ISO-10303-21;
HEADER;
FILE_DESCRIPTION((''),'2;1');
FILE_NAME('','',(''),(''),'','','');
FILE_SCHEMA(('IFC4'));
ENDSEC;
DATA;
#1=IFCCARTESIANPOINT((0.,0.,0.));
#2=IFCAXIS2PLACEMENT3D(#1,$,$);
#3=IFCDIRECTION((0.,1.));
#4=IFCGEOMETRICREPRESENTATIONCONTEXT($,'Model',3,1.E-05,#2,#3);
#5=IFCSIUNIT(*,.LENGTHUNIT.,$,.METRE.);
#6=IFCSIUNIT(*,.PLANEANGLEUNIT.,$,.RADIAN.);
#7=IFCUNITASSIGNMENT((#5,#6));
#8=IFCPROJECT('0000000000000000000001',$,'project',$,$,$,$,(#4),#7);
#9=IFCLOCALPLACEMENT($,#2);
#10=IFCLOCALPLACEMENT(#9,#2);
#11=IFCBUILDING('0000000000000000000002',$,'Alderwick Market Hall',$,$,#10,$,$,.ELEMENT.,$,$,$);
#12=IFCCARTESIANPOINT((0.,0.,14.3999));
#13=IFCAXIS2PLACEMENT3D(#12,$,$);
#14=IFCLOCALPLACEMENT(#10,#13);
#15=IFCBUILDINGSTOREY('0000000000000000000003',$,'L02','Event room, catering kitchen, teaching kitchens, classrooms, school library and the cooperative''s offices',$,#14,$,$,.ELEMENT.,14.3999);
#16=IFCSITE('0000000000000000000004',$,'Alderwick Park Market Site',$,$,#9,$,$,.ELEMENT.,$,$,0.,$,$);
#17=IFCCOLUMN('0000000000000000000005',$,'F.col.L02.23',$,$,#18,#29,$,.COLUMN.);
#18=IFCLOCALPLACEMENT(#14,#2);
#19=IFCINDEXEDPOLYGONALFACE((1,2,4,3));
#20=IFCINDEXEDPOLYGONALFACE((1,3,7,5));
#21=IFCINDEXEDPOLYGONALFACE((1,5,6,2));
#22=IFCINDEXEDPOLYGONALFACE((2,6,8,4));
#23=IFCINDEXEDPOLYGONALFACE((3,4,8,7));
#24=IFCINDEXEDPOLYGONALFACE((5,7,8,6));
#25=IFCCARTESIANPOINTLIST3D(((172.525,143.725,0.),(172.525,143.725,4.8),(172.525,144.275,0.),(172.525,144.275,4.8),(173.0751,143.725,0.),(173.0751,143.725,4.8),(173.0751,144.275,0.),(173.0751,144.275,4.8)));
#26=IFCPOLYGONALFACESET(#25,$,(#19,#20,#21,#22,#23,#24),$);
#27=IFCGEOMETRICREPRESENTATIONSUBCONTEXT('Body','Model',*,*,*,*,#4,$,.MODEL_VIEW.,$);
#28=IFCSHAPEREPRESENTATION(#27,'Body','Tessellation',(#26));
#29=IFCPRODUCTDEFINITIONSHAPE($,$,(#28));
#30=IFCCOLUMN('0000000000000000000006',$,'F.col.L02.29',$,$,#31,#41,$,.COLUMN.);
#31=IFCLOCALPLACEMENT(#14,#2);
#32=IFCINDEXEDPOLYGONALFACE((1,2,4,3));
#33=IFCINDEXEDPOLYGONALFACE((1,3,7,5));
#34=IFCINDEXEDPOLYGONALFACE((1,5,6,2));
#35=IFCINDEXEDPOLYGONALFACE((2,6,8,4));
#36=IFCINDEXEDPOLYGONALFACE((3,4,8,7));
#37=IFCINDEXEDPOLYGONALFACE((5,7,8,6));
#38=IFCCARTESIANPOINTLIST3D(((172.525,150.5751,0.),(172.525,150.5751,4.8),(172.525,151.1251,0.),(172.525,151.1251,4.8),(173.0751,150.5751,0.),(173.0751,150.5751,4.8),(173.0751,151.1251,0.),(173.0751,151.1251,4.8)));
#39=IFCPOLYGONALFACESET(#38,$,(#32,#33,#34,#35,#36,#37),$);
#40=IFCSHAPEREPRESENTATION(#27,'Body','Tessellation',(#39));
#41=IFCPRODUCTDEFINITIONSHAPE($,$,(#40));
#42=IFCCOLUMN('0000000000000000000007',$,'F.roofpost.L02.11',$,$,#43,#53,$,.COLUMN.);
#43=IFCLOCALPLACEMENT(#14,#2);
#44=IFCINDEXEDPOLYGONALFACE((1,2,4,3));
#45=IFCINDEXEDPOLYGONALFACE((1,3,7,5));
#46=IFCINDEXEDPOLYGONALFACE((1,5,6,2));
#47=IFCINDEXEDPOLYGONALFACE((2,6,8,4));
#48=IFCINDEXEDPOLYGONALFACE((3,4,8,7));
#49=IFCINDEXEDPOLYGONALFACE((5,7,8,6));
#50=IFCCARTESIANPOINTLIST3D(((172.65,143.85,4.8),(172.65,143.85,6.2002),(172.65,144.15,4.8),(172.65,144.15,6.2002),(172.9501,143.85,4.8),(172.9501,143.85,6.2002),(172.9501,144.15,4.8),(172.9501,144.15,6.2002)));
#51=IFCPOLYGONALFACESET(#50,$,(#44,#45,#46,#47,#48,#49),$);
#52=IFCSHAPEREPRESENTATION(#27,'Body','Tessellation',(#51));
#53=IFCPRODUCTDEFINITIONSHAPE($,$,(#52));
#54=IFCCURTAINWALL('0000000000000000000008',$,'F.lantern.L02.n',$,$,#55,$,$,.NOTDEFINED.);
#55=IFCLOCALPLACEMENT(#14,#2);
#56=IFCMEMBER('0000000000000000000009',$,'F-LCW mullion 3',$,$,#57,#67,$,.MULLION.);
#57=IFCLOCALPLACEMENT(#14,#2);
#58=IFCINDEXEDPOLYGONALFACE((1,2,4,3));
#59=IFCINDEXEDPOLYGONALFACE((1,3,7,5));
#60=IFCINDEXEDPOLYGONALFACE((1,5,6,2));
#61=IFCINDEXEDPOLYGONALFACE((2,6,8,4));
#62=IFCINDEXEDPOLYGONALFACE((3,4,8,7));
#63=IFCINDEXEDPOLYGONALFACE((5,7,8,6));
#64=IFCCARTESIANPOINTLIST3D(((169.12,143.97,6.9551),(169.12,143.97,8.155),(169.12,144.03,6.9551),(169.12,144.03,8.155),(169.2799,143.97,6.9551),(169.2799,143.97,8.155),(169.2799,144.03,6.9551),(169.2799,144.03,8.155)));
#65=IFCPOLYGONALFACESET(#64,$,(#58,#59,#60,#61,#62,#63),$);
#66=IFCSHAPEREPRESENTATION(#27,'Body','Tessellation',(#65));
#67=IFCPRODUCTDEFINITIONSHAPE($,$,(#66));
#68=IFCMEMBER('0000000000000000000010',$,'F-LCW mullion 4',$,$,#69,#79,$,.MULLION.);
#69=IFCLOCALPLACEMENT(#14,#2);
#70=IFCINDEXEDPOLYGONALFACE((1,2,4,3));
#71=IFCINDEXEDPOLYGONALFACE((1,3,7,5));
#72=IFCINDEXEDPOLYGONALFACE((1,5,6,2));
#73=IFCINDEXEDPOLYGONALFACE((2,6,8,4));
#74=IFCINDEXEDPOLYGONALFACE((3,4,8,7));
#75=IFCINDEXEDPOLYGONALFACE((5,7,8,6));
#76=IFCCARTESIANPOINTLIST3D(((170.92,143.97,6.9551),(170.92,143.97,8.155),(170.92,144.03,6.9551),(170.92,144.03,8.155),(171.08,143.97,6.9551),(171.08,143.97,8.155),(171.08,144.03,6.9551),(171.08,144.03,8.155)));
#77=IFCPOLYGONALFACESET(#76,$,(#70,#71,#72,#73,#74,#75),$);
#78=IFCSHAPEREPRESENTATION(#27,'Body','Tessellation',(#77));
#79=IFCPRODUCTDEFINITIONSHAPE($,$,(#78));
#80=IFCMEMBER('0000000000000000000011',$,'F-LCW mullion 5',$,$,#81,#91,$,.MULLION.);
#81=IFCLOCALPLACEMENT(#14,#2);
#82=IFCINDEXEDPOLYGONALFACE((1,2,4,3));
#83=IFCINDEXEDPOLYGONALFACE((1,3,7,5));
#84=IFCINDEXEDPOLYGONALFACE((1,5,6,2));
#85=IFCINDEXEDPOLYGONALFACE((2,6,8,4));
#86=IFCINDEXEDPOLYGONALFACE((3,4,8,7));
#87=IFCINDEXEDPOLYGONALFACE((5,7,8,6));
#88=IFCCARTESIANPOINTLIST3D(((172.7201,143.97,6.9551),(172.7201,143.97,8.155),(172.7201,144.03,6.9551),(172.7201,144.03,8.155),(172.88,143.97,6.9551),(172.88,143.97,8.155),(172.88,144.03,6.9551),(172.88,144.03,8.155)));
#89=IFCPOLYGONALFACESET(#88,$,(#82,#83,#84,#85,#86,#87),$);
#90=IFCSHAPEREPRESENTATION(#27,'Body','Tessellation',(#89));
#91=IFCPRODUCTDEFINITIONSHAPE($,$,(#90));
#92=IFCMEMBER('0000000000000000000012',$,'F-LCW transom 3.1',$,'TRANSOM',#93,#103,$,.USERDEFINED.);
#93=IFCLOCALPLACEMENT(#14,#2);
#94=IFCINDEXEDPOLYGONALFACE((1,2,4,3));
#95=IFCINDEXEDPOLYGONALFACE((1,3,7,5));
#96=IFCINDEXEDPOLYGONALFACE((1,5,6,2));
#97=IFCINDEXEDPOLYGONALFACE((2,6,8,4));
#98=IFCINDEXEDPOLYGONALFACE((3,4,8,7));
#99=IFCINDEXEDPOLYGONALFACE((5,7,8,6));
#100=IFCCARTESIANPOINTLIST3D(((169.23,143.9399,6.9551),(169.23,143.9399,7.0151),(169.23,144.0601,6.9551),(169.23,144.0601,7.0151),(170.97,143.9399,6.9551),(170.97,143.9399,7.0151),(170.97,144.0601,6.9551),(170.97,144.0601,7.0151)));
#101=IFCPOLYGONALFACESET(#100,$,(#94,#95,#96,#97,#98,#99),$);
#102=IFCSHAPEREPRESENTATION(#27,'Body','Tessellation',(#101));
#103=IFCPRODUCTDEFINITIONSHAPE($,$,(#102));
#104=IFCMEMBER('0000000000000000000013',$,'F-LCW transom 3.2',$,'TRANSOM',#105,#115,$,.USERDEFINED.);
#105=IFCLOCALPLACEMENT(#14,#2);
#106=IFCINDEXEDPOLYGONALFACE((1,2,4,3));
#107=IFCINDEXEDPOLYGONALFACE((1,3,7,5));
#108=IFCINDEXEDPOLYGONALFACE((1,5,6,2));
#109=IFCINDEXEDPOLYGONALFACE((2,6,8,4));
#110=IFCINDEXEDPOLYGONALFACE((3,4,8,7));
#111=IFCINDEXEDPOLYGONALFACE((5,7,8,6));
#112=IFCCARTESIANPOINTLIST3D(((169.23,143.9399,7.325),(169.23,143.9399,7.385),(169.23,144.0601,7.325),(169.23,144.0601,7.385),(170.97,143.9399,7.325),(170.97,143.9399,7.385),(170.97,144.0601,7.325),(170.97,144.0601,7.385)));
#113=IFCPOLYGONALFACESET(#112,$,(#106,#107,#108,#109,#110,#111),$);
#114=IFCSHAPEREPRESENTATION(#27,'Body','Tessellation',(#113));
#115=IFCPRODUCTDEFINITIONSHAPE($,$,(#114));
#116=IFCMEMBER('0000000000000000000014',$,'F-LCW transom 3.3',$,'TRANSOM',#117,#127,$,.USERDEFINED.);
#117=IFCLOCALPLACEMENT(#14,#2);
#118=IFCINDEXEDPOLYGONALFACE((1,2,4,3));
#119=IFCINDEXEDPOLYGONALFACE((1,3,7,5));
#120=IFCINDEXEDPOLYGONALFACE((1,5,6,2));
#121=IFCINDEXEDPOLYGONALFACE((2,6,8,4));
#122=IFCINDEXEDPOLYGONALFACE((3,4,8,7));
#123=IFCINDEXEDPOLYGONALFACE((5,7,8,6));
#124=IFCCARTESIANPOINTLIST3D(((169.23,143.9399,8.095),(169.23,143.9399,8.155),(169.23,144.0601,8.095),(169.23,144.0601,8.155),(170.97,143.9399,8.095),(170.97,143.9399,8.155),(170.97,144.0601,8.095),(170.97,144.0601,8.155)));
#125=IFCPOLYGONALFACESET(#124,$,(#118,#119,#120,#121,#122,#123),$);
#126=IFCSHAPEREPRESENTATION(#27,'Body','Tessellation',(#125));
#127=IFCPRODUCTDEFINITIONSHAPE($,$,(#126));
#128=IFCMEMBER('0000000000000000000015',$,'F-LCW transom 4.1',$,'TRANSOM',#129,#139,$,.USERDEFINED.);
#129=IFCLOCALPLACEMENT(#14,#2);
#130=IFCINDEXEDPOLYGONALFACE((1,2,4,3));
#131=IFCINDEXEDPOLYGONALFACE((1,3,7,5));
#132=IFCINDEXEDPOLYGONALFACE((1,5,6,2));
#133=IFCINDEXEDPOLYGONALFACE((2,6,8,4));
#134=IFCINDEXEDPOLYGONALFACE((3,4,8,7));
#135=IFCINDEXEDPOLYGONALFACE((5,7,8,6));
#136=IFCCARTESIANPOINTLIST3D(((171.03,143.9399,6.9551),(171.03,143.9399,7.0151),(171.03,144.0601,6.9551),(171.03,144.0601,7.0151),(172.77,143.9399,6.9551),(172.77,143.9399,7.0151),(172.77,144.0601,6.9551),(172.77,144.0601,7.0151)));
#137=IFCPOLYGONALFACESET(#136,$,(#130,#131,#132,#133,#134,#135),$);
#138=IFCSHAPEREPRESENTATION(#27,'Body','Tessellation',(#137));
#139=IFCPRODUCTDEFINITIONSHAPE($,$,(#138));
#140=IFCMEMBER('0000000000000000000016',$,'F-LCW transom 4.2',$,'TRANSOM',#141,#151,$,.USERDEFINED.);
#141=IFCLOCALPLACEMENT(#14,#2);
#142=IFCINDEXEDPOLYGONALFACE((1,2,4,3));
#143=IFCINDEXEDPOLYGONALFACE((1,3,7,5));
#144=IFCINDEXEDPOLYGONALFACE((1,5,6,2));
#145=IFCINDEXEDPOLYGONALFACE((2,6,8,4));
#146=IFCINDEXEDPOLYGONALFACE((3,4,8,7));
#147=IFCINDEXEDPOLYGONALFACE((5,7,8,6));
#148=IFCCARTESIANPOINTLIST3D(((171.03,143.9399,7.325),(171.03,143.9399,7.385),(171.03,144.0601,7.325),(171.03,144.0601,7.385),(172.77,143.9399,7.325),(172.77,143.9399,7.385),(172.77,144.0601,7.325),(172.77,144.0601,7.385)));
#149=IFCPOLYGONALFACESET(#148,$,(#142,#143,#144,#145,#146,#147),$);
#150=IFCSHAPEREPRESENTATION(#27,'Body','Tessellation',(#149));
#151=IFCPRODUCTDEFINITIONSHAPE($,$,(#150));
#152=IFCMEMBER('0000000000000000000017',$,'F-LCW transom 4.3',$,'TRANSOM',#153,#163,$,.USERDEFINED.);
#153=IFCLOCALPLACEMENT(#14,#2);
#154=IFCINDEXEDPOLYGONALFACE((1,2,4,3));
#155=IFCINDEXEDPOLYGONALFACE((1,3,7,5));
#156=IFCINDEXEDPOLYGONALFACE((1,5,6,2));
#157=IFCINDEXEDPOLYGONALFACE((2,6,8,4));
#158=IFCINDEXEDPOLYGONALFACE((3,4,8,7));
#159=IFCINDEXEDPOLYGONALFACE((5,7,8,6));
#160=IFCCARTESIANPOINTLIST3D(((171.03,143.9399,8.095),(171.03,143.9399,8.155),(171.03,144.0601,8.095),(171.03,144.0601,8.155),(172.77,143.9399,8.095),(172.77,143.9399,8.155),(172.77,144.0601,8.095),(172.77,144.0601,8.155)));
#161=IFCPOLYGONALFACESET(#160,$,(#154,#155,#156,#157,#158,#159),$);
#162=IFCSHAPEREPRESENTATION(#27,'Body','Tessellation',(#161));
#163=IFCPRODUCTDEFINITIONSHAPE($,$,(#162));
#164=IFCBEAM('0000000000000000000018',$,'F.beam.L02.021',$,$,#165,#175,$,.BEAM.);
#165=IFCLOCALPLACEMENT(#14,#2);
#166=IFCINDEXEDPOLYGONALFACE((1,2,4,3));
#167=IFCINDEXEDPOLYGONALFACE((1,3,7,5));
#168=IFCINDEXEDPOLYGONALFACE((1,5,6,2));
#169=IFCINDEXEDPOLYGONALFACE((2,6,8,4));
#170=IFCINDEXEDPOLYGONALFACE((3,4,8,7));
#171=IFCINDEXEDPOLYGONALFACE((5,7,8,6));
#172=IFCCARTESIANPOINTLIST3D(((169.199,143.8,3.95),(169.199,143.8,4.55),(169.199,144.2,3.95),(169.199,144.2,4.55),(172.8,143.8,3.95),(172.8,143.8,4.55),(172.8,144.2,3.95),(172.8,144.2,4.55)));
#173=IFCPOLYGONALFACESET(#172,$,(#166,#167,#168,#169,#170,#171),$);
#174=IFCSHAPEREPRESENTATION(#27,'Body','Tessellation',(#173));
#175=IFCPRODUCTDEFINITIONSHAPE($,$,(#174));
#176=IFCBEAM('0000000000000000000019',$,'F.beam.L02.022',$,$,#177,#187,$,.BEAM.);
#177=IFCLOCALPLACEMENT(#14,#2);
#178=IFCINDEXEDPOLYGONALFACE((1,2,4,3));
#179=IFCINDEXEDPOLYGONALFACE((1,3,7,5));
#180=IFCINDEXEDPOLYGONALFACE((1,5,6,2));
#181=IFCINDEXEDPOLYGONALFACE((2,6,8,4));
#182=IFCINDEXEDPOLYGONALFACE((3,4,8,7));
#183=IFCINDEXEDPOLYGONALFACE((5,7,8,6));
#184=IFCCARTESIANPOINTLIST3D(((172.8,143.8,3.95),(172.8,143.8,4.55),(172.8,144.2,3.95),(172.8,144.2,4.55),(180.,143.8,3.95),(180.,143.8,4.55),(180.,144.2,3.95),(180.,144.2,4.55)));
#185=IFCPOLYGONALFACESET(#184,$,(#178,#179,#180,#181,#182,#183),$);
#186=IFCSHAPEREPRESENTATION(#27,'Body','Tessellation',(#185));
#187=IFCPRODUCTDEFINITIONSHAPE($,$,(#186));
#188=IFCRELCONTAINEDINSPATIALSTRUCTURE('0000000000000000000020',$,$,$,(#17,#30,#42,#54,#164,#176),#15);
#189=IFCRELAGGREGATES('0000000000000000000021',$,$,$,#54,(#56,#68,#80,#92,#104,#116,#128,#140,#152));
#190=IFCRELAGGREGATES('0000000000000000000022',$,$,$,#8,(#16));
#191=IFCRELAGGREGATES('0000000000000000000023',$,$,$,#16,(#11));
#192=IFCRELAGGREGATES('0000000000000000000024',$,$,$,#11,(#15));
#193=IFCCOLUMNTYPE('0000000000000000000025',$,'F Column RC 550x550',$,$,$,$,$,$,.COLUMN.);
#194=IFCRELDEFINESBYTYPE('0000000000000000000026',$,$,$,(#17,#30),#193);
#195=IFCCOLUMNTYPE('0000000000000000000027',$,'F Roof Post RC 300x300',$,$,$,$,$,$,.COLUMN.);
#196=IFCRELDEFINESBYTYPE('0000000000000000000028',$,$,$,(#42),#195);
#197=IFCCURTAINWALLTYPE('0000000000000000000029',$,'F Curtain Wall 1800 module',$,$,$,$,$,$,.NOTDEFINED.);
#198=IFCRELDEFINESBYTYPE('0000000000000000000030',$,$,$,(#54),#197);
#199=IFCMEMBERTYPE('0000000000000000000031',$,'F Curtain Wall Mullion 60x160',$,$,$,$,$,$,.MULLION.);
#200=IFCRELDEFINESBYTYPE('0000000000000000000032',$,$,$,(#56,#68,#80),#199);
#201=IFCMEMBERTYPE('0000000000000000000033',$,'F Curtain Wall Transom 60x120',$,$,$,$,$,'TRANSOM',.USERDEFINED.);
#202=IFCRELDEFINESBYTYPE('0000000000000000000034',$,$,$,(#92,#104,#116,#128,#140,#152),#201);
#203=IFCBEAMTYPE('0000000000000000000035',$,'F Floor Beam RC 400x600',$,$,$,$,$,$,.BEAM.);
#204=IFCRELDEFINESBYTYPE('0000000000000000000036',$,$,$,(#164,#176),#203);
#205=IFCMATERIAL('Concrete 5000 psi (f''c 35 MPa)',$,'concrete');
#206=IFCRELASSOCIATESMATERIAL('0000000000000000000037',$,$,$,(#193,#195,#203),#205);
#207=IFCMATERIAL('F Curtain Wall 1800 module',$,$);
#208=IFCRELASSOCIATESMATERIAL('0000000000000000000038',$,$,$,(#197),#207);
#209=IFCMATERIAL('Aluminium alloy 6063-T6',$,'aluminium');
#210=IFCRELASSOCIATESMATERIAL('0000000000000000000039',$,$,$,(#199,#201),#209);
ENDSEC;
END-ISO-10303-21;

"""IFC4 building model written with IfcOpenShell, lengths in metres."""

from ifc_helpers import new_model, si_unit, direction, frame, origin, origin_2d, place, context, subcontext, project, spatial, rectangle, extrude, material, material_profile, profile_set, type_object, element, aggregate, save


model = new_model("IFC4")

# Units and contexts
model_context = context("Model", 3, precision=1e-05, world=origin(), true_north=direction((0.0, 1.0)))
body_context = subcontext(model_context, "Body", "Model", "MODEL_VIEW")
ifc_project = project(units=[si_unit("LENGTHUNIT", "METRE"), si_unit("PLANEANGLEUNIT", "RADIAN")], contexts=[model_context])

# Site, building, storey
site_placement = place(None, origin())
site = spatial("IfcSite", under=ifc_project, at=site_placement, Name="Alderwick Park Market Site", CompositionType="ELEMENT", RefElevation=0.0)
building_placement = place(site_placement, origin())
building = spatial("IfcBuilding", under=site, at=building_placement, Name="Alderwick Market Hall", CompositionType="ELEMENT")
storey_placement = place(building_placement, frame((0.0, 0.0, 14.3999)))
storey = spatial("IfcBuildingStorey", under=building, at=storey_placement, Name="L02", Description="Event room, catering kitchen, teaching kitchens, classrooms, school library and the cooperative's offices", CompositionType="ELEMENT", Elevation=14.3999)

# Columns
ifc_material_1 = material(Name="Concrete 5000 psi (f'c 35 MPa)", Category="concrete")
ifc_material_profile_1 = material_profile(ifc_material_1, rectangle(XDim=0.55, YDim=0.55, at=origin_2d()), Name="RC 550x550")
ifc_profile_set_1 = profile_set([ifc_material_profile_1], Name="Concrete 5000 psi (f'c 35 MPa)")
column_type_1 = type_object("IfcColumnType", Name="F Column RC 550x550", PredefinedType="COLUMN", material=ifc_profile_set_1)
for number, where, z_axis, x_axis, name in (
    (1, (172.8, 144.0, 0.0), (0.0, 0.0, 1.0), (1.0, 0.0, 0.0), "F.col.L02.23"),
    (2, (172.8, 150.8501, 0.0), (0.0, 0.0, 1.0), (1.0, 0.0, 0.0), "F.col.L02.29"),
):
    element("IfcColumn", number, at=place(storey_placement, frame(where, z_axis=z_axis, x_axis=x_axis)), inside=storey, type_object=column_type_1, Name=name, PredefinedType="COLUMN", context=body_context, shape_type="SweptSolid", body=[
        extrude(rectangle(XDim=0.55, YDim=0.55, at=origin_2d()), origin(), (0.0, 0.0, 1.0), 4.8),
    ])
ifc_material_profile_2 = material_profile(ifc_material_1, rectangle(XDim=0.3, YDim=0.3, at=origin_2d()), Name="RC 300x300")
ifc_profile_set_2 = profile_set([ifc_material_profile_2], Name="Concrete 5000 psi (f'c 35 MPa)")
column_type_2 = type_object("IfcColumnType", Name="F Roof Post RC 300x300", PredefinedType="COLUMN", material=ifc_profile_set_2)
column_placement = place(storey_placement, frame((172.8, 144.0, 4.8), z_axis=(0.0, 0.0, 1.0), x_axis=(1.0, 0.0, 0.0)))
element("IfcColumn", 3, at=column_placement, inside=storey, type_object=column_type_2, Name="F.roofpost.L02.11", PredefinedType="COLUMN", context=body_context, shape_type="SweptSolid", body=[
    extrude(rectangle(XDim=0.3, YDim=0.3, at=origin_2d()), origin(), (0.0, 0.0, 1.0), 1.4001),
])

# Curtain wall, members
ifc_material_2 = material(Name="F Curtain Wall 1800 module")
curtain_wall_type = type_object("IfcCurtainWallType", Name="F Curtain Wall 1800 module", PredefinedType="NOTDEFINED", material=ifc_material_2)
curtain_wall_placement = place(storey_placement, origin())
curtain_wall = element("IfcCurtainWall", 4, at=curtain_wall_placement, inside=storey, type_object=curtain_wall_type, Name="F.lantern.L02.n", PredefinedType="NOTDEFINED")
ifc_material_3 = material(Name="Aluminium alloy 6063-T6", Category="aluminium")
ifc_material_profile_3 = material_profile(ifc_material_3, rectangle(XDim=0.0601, YDim=0.1599, at=origin_2d()), Name="AL 60x160")
ifc_profile_set_3 = profile_set([ifc_material_profile_3], Name="Aluminium alloy 6063-T6")
member_type_1 = type_object("IfcMemberType", Name="F Curtain Wall Mullion 60x160", PredefinedType="MULLION", material=ifc_profile_set_3)
member_1_placement = place(storey_placement, frame((169.2, 144.0, 6.9551), z_axis=(0.0, 0.0, 1.0), x_axis=(0.0, 1.0, 0.0)))
member_1 = element("IfcMember", 5, at=member_1_placement, type_object=member_type_1, Name="F-LCW mullion 3", PredefinedType="MULLION", context=body_context, shape_type="SweptSolid", body=[
    extrude(rectangle(XDim=0.0601, YDim=0.1599, at=origin_2d()), origin(), (0.0, 0.0, 1.0), 1.2),
])
member_2_placement = place(storey_placement, frame((171.0, 144.0, 6.9551), z_axis=(0.0, 0.0, 1.0), x_axis=(0.0, 1.0, 0.0)))
member_2 = element("IfcMember", 6, at=member_2_placement, type_object=member_type_1, Name="F-LCW mullion 4", PredefinedType="MULLION", context=body_context, shape_type="SweptSolid", body=[
    extrude(rectangle(XDim=0.0601, YDim=0.1599, at=origin_2d()), origin(), (0.0, 0.0, 1.0), 1.2),
])
member_3_placement = place(storey_placement, frame((172.8, 144.0, 6.9551), z_axis=(0.0, 0.0, 1.0), x_axis=(0.0, 1.0, 0.0)))
member_3 = element("IfcMember", 7, at=member_3_placement, type_object=member_type_1, Name="F-LCW mullion 5", PredefinedType="MULLION", context=body_context, shape_type="SweptSolid", body=[
    extrude(rectangle(XDim=0.0601, YDim=0.1599, at=origin_2d()), origin(), (0.0, 0.0, 1.0), 1.2),
])
ifc_material_profile_4 = material_profile(ifc_material_3, rectangle(XDim=0.1201, YDim=0.0601, at=origin_2d()), Name="AL 60x120")
ifc_profile_set_4 = profile_set([ifc_material_profile_4], Name="Aluminium alloy 6063-T6")
member_type_2 = type_object("IfcMemberType", Name="F Curtain Wall Transom 60x120", ElementType="TRANSOM", PredefinedType="USERDEFINED", material=ifc_profile_set_4)
member_4_placement = place(storey_placement, frame((169.23, 144.0, 6.9851), z_axis=(1.0, 0.0, 0.0), x_axis=(0.0, 1.0, 0.0)))
member_4 = element("IfcMember", 8, at=member_4_placement, type_object=member_type_2, Name="F-LCW transom 3.1", ObjectType="TRANSOM", PredefinedType="USERDEFINED", context=body_context, shape_type="SweptSolid", body=[
    extrude(rectangle(XDim=0.1201, YDim=0.0601, at=origin_2d()), origin(), (0.0, 0.0, 1.0), 1.74),
])
member_5_placement = place(storey_placement, frame((169.23, 144.0, 7.355), z_axis=(1.0, 0.0, 0.0), x_axis=(0.0, 1.0, 0.0)))
member_5 = element("IfcMember", 9, at=member_5_placement, type_object=member_type_2, Name="F-LCW transom 3.2", ObjectType="TRANSOM", PredefinedType="USERDEFINED", context=body_context, shape_type="SweptSolid", body=[
    extrude(rectangle(XDim=0.1201, YDim=0.0601, at=origin_2d()), origin(), (0.0, 0.0, 1.0), 1.74),
])
member_6_placement = place(storey_placement, frame((169.23, 144.0, 8.125), z_axis=(1.0, 0.0, 0.0), x_axis=(0.0, 1.0, 0.0)))
member_6 = element("IfcMember", 10, at=member_6_placement, type_object=member_type_2, Name="F-LCW transom 3.3", ObjectType="TRANSOM", PredefinedType="USERDEFINED", context=body_context, shape_type="SweptSolid", body=[
    extrude(rectangle(XDim=0.1201, YDim=0.0601, at=origin_2d()), origin(), (0.0, 0.0, 1.0), 1.74),
])
member_7_placement = place(storey_placement, frame((171.03, 144.0, 6.9851), z_axis=(1.0, 0.0, 0.0), x_axis=(0.0, 1.0, 0.0)))
member_7 = element("IfcMember", 11, at=member_7_placement, type_object=member_type_2, Name="F-LCW transom 4.1", ObjectType="TRANSOM", PredefinedType="USERDEFINED", context=body_context, shape_type="SweptSolid", body=[
    extrude(rectangle(XDim=0.1201, YDim=0.0601, at=origin_2d()), origin(), (0.0, 0.0, 1.0), 1.74),
])
member_8_placement = place(storey_placement, frame((171.03, 144.0, 7.355), z_axis=(1.0, 0.0, 0.0), x_axis=(0.0, 1.0, 0.0)))
member_8 = element("IfcMember", 12, at=member_8_placement, type_object=member_type_2, Name="F-LCW transom 4.2", ObjectType="TRANSOM", PredefinedType="USERDEFINED", context=body_context, shape_type="SweptSolid", body=[
    extrude(rectangle(XDim=0.1201, YDim=0.0601, at=origin_2d()), origin(), (0.0, 0.0, 1.0), 1.74),
])
member_9_placement = place(storey_placement, frame((171.03, 144.0, 8.125), z_axis=(1.0, 0.0, 0.0), x_axis=(0.0, 1.0, 0.0)))
member_9 = element("IfcMember", 13, at=member_9_placement, type_object=member_type_2, Name="F-LCW transom 4.3", ObjectType="TRANSOM", PredefinedType="USERDEFINED", context=body_context, shape_type="SweptSolid", body=[
    extrude(rectangle(XDim=0.1201, YDim=0.0601, at=origin_2d()), origin(), (0.0, 0.0, 1.0), 1.74),
])

# Beams
ifc_material_profile_5 = material_profile(ifc_material_1, rectangle(XDim=0.3999, YDim=0.6001, at=origin_2d()), Name="RC 400x600")
ifc_profile_set_5 = profile_set([ifc_material_profile_5], Name="Concrete 5000 psi (f'c 35 MPa)")
beam_type_1 = type_object("IfcBeamType", Name="F Floor Beam RC 400x600", PredefinedType="BEAM", material=ifc_profile_set_5)
beam_1_placement = place(storey_placement, frame((169.199, 144.0, 4.25), z_axis=(1.0, 0.0, 0.0), x_axis=(0.0, 1.0, 0.0)))
element("IfcBeam", 14, at=beam_1_placement, inside=storey, type_object=beam_type_1, Name="F.beam.L02.021", PredefinedType="BEAM", context=body_context, shape_type="SweptSolid", body=[
    extrude(rectangle(XDim=0.3999, YDim=0.6001, at=origin_2d()), origin(), (0.0, 0.0, 1.0), 3.6011),
])
beam_2_placement = place(storey_placement, frame((172.8, 144.0, 4.25), z_axis=(1.0, 0.0, 0.0), x_axis=(0.0, 1.0, 0.0)))
element("IfcBeam", 15, at=beam_2_placement, inside=storey, type_object=beam_type_1, Name="F.beam.L02.022", PredefinedType="BEAM", context=body_context, shape_type="SweptSolid", body=[
    extrude(rectangle(XDim=0.3999, YDim=0.6001, at=origin_2d()), origin(), (0.0, 0.0, 1.0), 7.2),
])

aggregate(curtain_wall, [member_1, member_2, member_3, member_4, member_5, member_6, member_7, member_8, member_9])

save(model, "model.ifc")
